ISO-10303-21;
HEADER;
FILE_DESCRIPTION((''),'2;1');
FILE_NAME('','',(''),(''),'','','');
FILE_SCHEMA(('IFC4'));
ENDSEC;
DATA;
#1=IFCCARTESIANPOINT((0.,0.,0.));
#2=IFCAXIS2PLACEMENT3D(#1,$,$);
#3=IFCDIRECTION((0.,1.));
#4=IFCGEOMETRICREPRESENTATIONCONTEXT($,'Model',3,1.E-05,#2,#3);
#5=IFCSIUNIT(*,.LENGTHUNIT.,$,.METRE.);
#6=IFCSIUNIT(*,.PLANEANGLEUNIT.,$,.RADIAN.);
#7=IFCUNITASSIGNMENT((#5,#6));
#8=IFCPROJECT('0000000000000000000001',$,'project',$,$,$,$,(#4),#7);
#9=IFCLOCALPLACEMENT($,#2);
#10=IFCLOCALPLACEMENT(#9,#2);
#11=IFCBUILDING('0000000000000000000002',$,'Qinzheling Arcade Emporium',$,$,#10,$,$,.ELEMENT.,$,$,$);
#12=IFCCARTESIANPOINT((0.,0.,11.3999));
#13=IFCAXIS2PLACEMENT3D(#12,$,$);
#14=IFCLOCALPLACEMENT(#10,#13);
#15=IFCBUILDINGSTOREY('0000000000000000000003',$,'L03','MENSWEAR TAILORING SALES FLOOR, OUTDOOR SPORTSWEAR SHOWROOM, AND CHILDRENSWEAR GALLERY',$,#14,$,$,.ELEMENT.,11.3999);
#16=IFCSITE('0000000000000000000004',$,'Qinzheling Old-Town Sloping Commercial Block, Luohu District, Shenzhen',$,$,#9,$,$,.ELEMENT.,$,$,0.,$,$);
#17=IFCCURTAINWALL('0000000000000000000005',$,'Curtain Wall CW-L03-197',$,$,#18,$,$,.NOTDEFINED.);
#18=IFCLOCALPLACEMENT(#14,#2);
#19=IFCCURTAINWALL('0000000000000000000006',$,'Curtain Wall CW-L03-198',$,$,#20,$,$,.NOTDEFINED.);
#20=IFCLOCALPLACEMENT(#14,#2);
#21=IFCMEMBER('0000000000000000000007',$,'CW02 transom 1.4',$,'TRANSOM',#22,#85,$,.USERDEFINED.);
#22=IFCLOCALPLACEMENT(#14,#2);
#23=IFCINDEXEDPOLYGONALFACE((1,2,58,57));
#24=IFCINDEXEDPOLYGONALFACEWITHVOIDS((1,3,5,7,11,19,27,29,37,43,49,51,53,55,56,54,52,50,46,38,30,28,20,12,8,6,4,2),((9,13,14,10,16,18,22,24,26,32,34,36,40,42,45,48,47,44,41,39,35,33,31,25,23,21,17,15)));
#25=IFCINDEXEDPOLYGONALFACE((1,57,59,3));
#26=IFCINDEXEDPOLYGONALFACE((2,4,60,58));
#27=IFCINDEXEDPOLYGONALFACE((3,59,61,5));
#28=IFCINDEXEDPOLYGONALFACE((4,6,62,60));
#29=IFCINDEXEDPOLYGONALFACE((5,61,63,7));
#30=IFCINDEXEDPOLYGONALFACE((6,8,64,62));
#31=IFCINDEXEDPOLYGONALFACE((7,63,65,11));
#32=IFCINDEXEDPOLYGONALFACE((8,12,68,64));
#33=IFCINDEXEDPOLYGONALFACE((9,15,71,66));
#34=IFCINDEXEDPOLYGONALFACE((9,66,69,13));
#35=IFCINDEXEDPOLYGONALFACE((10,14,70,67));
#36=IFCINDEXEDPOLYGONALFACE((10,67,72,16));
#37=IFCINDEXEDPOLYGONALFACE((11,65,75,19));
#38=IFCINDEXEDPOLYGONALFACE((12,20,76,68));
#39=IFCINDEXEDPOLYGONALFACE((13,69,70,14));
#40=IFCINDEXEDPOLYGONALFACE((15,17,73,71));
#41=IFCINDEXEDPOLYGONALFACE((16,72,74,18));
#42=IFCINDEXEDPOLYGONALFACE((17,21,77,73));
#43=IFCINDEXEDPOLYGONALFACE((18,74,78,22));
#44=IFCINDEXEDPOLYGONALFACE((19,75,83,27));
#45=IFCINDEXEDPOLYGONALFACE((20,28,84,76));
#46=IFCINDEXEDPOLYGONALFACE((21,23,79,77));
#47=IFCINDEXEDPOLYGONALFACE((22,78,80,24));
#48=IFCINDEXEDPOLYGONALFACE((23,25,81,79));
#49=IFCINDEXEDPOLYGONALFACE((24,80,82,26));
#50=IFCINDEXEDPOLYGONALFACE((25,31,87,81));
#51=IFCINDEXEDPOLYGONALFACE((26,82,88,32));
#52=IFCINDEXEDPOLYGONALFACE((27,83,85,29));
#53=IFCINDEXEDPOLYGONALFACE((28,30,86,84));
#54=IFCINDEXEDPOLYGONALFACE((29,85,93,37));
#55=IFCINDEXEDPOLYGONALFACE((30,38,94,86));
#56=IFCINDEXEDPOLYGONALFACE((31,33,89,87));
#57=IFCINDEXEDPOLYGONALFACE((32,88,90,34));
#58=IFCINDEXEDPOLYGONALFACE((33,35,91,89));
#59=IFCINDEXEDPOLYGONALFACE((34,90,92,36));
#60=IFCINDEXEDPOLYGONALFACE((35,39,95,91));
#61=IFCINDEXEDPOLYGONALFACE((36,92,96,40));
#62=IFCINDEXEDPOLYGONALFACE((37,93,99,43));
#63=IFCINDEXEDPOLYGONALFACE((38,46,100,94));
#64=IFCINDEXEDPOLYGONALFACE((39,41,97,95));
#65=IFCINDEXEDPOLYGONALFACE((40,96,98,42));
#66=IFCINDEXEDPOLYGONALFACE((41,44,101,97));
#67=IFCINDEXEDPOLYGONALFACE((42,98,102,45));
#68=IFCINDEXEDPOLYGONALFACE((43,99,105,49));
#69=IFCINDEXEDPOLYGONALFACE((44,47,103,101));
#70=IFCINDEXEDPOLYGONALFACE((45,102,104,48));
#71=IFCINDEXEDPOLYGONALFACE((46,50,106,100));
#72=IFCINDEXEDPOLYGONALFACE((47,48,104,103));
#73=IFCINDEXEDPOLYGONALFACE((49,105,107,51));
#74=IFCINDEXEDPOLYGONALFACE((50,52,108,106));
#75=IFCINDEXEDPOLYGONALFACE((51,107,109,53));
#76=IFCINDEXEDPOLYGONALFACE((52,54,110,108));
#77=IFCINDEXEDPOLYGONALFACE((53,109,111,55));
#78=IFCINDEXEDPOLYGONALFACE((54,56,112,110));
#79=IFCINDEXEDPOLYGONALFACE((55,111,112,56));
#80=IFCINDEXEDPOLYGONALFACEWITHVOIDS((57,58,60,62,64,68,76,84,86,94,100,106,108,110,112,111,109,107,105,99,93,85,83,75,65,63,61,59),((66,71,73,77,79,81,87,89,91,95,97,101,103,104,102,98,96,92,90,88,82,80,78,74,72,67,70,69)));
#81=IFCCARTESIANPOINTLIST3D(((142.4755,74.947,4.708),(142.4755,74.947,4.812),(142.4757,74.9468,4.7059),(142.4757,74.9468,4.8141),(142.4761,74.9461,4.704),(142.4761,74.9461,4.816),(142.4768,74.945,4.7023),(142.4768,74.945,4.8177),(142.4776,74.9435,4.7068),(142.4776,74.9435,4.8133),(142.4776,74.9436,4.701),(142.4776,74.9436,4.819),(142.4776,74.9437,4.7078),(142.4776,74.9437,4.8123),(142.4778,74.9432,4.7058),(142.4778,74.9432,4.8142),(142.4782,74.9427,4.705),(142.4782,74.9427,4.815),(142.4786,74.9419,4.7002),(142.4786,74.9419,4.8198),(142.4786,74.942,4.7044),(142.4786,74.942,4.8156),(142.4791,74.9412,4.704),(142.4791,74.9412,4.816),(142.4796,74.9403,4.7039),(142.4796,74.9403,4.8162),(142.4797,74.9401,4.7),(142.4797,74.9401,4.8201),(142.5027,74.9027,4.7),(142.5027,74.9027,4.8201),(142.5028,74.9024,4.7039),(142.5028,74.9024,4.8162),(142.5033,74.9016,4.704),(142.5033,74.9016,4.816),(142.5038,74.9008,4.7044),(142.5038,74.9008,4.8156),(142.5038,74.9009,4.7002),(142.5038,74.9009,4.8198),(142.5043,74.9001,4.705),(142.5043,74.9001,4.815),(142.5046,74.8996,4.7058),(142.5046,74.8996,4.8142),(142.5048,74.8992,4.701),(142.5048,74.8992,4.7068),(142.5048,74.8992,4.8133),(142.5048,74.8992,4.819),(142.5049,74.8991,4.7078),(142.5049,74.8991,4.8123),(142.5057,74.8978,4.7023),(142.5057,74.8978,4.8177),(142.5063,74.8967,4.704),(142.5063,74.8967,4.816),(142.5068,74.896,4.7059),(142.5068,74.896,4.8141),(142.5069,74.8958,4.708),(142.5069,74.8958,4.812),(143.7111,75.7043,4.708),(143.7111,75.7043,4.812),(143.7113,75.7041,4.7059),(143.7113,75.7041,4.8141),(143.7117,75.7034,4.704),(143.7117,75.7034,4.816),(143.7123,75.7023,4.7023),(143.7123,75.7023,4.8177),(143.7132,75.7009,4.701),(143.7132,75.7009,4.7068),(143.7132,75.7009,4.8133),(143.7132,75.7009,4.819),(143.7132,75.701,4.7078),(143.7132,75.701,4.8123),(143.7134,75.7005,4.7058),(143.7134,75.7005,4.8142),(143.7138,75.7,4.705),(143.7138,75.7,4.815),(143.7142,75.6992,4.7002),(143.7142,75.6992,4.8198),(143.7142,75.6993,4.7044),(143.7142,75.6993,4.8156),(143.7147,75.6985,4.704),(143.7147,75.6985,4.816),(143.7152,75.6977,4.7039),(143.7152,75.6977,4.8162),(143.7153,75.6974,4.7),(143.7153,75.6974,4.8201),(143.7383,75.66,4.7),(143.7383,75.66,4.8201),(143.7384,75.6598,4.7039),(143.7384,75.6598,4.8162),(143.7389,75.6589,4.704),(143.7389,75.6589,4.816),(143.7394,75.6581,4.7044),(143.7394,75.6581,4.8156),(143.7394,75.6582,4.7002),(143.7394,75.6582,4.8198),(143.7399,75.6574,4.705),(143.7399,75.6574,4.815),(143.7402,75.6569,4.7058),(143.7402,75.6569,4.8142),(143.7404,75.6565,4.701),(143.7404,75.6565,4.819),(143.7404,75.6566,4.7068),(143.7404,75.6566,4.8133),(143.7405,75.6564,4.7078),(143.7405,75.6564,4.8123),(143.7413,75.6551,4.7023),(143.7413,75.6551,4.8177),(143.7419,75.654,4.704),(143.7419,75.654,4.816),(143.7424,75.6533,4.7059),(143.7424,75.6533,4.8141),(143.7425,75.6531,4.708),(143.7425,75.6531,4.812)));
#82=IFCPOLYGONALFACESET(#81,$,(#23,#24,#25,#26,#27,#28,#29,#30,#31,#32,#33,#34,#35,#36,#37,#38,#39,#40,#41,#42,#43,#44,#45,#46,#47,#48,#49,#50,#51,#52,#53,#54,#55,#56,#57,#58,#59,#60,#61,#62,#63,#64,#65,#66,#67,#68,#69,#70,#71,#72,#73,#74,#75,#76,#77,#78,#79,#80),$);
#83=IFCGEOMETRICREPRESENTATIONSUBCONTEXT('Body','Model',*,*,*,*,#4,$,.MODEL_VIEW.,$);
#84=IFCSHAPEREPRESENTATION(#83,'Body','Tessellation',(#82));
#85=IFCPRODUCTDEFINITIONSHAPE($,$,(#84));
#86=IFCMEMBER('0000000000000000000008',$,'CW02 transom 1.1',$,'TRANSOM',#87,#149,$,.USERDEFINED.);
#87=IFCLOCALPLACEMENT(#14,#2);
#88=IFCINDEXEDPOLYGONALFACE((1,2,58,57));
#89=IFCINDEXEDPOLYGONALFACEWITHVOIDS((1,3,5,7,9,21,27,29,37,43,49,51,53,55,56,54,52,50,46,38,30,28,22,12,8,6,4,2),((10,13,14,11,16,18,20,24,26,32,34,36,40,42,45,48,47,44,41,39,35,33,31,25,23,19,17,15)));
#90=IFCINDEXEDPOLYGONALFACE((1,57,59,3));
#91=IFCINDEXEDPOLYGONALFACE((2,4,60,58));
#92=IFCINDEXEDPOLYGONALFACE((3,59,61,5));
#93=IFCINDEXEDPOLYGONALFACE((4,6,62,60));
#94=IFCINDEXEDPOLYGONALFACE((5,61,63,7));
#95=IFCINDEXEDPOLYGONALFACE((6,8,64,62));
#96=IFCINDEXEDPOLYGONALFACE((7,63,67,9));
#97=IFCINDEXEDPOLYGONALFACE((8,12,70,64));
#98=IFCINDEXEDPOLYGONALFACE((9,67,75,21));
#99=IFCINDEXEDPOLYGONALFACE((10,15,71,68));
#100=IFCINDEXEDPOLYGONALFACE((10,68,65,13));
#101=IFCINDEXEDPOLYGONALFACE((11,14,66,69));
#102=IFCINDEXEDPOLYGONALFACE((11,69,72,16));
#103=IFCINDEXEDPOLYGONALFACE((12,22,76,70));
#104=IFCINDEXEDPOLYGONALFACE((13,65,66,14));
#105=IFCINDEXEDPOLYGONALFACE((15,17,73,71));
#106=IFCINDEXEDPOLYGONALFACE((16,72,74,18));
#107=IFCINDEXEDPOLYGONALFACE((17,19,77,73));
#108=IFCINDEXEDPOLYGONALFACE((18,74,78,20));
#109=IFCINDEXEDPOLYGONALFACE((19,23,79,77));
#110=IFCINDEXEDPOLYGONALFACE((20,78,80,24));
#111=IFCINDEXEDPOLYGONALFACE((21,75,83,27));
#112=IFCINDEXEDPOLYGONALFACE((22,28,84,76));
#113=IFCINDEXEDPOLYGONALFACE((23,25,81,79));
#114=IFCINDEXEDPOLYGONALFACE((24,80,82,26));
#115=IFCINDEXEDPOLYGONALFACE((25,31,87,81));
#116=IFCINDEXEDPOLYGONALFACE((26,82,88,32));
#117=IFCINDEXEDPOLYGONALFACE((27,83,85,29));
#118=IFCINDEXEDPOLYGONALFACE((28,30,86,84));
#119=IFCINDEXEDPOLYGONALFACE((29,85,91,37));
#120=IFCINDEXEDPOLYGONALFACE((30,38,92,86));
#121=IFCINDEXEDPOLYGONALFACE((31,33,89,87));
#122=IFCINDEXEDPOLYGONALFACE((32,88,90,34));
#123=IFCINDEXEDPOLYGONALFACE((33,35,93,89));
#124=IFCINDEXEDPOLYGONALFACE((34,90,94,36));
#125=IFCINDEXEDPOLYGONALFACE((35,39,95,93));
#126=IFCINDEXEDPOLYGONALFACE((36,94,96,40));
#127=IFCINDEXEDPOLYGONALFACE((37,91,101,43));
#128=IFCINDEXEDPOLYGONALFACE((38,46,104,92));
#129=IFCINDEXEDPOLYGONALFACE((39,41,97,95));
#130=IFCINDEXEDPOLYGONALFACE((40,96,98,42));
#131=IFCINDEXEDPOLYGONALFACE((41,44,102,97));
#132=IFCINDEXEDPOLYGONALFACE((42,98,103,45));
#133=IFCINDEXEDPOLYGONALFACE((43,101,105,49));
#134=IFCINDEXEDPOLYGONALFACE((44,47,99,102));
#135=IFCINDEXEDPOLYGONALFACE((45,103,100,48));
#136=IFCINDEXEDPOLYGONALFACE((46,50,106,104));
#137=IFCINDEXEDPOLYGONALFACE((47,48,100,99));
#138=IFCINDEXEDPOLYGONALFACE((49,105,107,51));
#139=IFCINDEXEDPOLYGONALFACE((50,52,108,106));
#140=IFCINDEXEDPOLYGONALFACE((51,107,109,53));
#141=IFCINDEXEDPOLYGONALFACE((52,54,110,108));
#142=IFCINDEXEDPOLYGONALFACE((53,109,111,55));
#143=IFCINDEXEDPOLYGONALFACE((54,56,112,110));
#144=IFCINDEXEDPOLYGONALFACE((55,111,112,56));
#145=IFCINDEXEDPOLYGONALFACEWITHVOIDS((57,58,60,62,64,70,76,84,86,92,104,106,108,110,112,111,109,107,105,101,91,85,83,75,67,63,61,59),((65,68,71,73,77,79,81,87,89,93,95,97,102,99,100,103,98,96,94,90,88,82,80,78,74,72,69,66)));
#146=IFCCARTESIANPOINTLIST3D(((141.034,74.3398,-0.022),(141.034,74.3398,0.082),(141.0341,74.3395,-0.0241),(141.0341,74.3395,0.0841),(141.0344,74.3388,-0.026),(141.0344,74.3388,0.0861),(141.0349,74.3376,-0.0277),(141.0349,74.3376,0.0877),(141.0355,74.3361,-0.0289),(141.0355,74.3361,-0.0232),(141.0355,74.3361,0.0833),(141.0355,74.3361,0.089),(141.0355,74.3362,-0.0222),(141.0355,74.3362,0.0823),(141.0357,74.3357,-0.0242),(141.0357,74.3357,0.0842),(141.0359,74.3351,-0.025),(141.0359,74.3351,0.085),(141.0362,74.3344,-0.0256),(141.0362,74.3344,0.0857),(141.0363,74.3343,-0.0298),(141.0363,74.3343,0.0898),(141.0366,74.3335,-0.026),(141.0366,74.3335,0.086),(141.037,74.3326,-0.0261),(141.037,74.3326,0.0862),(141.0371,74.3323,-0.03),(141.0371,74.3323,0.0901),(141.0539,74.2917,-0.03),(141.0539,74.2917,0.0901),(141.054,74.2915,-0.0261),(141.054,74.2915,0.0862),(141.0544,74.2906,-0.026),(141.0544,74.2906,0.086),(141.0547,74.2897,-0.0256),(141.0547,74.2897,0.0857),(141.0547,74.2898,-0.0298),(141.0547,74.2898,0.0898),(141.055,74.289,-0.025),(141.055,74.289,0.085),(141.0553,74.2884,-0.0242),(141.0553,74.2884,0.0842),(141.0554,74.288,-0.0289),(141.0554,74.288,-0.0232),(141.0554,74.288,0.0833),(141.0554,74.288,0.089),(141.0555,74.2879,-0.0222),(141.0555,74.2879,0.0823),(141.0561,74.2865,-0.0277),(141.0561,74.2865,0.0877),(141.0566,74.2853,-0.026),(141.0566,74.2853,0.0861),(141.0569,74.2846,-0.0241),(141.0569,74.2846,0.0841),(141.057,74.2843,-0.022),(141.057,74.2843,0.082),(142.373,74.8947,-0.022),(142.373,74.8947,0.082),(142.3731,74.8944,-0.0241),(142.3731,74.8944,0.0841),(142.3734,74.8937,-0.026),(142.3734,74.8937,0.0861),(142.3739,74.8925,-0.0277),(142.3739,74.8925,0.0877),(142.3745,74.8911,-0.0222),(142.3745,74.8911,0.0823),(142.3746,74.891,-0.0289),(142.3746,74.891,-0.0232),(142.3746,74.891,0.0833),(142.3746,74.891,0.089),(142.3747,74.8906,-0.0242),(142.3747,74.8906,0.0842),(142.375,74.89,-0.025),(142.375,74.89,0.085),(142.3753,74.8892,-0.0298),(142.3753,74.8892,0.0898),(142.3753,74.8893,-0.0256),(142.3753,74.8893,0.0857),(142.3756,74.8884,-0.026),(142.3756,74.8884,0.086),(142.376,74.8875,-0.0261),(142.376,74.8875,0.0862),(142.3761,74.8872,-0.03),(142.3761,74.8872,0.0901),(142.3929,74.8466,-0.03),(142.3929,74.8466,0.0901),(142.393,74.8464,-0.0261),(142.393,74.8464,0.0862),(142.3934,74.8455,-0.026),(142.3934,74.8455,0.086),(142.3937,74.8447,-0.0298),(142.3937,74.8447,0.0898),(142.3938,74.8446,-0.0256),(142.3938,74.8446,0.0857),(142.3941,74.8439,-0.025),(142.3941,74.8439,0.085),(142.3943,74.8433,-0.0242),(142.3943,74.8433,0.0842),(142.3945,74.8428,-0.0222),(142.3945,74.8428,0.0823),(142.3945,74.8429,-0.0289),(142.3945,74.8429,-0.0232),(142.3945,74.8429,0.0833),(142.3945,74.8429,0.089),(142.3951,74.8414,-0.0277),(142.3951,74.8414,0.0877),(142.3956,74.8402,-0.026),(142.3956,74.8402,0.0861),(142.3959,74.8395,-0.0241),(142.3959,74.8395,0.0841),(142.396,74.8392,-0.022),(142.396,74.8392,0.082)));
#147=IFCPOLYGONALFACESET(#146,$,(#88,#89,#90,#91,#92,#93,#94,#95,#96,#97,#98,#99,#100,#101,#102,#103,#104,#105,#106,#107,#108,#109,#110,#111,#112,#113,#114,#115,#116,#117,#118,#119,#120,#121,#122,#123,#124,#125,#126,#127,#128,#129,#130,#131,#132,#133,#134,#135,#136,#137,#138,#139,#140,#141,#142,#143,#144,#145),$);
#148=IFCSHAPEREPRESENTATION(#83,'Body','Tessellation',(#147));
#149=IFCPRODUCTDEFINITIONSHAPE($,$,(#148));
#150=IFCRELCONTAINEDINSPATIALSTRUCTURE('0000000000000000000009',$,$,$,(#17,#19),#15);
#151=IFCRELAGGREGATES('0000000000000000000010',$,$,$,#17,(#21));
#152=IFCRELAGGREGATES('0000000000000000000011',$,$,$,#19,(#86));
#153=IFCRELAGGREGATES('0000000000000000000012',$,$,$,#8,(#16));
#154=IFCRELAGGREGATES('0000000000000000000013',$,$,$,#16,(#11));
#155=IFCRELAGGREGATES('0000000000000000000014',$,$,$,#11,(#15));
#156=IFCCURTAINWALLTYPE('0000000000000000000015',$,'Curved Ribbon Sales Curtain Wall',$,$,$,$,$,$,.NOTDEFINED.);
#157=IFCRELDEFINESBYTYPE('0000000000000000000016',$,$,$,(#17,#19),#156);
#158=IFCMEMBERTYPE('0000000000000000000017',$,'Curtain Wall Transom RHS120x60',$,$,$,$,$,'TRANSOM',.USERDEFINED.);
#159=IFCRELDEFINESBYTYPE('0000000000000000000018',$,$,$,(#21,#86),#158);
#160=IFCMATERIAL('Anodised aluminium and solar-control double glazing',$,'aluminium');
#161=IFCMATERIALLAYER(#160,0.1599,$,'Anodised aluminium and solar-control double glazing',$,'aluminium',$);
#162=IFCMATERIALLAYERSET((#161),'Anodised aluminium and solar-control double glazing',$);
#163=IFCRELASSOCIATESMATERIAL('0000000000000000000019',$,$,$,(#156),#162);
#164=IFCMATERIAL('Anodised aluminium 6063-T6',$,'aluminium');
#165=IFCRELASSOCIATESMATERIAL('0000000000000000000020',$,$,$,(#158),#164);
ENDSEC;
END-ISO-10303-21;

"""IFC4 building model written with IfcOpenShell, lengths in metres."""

from ifc_helpers import new_model, si_unit, direction, frame, origin, origin_2d, place, context, subcontext, project, spatial, hollow_rectangle, extrude, material, layer, layer_set, material_profile, profile_set, type_object, element, aggregate, save


model = new_model("IFC4")

# Units and contexts
model_context = context("Model", 3, precision=1e-05, world=origin(), true_north=direction((0.0, 1.0)))
body_context = subcontext(model_context, "Body", "Model", "MODEL_VIEW")
ifc_project = project(units=[si_unit("LENGTHUNIT", "METRE"), si_unit("PLANEANGLEUNIT", "RADIAN")], contexts=[model_context])

# Site, building, storey
site_placement = place(None, origin())
site = spatial("IfcSite", under=ifc_project, at=site_placement, Name="Qinzheling Old-Town Sloping Commercial Block, Luohu District, Shenzhen", CompositionType="ELEMENT", RefElevation=0.0)
building_placement = place(site_placement, origin())
building = spatial("IfcBuilding", under=site, at=building_placement, Name="Qinzheling Arcade Emporium", CompositionType="ELEMENT")
storey_placement = place(building_placement, frame((0.0, 0.0, 11.3999)))
storey = spatial("IfcBuildingStorey", under=building, at=storey_placement, Name="L03", Description="MENSWEAR TAILORING SALES FLOOR, OUTDOOR SPORTSWEAR SHOWROOM, AND CHILDRENSWEAR GALLERY", CompositionType="ELEMENT", Elevation=11.3999)

# Shared definitions
ifc_material_1 = material(Name="Anodised aluminium and solar-control double glazing", Category="aluminium")
ifc_layer_1 = layer(ifc_material_1, 0.1599, Name="Anodised aluminium and solar-control double glazing", Category="aluminium")
ifc_layer_set_1 = layer_set([ifc_layer_1], Name="Anodised aluminium and solar-control double glazing")
curtain_wall_type = type_object("IfcCurtainWallType", Name="Curved Ribbon Sales Curtain Wall", PredefinedType="NOTDEFINED", material=ifc_layer_set_1)
ifc_material_2 = material(Name="Anodised aluminium 6063-T6", Category="aluminium")

# Curtain walls
curtain_wall_1_placement = place(storey_placement, origin())
curtain_wall_1 = element("IfcCurtainWall", 1, at=curtain_wall_1_placement, inside=storey, type_object=curtain_wall_type, Name="Curtain Wall CW-L03-197", PredefinedType="NOTDEFINED")
curtain_wall_2_placement = place(storey_placement, origin())
curtain_wall_2 = element("IfcCurtainWall", 2, at=curtain_wall_2_placement, inside=storey, type_object=curtain_wall_type, Name="Curtain Wall CW-L03-198", PredefinedType="NOTDEFINED")

# Members
ifc_material_profile_1 = material_profile(ifc_material_2, hollow_rectangle(XDim=0.0601, YDim=0.1201, WallThickness=0.0039, InnerFilletRadius=0.0039, OuterFilletRadius=0.0081, at=origin_2d()), Name="RHS 120x60x4", Category="aluminium")
ifc_profile_set_1 = profile_set([ifc_material_profile_1], Name="Anodised aluminium 6063-T6")
member_type_1 = type_object("IfcMemberType", Name="Curtain Wall Transom RHS120x60", ElementType="TRANSOM", PredefinedType="USERDEFINED", material=ifc_profile_set_1)
member_1_placement = place(storey_placement, frame((143.7268, 75.6787, 4.76), z_axis=(-0.852594, -0.522574, 0.0), x_axis=(0.522574, -0.852594, 0.0)))
member_1 = element("IfcMember", 3, at=member_1_placement, type_object=member_type_1, Name="CW02 transom 1.4", ObjectType="TRANSOM", PredefinedType="USERDEFINED", context=body_context, shape_type="SweptSolid", body=[
    extrude(hollow_rectangle(XDim=0.0601, YDim=0.1201, WallThickness=0.0039, InnerFilletRadius=0.0039, OuterFilletRadius=0.0081, at=origin_2d()), origin(), (0.0, 0.0, 1.0), 1.4492),
])
member_2_placement = place(storey_placement, frame((142.3845, 74.8669, 0.03), z_axis=(-0.923818, -0.382833, 0.0), x_axis=(0.382833, -0.923818, 0.0)))
member_2 = element("IfcMember", 4, at=member_2_placement, type_object=member_type_1, Name="CW02 transom 1.1", ObjectType="TRANSOM", PredefinedType="USERDEFINED", context=body_context, shape_type="SweptSolid", body=[
    extrude(hollow_rectangle(XDim=0.0601, YDim=0.1201, WallThickness=0.0039, InnerFilletRadius=0.0039, OuterFilletRadius=0.0081, at=origin_2d()), origin(), (0.0, 0.0, 1.0), 1.4495),
])

aggregate(curtain_wall_1, [member_1])
aggregate(curtain_wall_2, [member_2])

save(model, "model.ifc")
